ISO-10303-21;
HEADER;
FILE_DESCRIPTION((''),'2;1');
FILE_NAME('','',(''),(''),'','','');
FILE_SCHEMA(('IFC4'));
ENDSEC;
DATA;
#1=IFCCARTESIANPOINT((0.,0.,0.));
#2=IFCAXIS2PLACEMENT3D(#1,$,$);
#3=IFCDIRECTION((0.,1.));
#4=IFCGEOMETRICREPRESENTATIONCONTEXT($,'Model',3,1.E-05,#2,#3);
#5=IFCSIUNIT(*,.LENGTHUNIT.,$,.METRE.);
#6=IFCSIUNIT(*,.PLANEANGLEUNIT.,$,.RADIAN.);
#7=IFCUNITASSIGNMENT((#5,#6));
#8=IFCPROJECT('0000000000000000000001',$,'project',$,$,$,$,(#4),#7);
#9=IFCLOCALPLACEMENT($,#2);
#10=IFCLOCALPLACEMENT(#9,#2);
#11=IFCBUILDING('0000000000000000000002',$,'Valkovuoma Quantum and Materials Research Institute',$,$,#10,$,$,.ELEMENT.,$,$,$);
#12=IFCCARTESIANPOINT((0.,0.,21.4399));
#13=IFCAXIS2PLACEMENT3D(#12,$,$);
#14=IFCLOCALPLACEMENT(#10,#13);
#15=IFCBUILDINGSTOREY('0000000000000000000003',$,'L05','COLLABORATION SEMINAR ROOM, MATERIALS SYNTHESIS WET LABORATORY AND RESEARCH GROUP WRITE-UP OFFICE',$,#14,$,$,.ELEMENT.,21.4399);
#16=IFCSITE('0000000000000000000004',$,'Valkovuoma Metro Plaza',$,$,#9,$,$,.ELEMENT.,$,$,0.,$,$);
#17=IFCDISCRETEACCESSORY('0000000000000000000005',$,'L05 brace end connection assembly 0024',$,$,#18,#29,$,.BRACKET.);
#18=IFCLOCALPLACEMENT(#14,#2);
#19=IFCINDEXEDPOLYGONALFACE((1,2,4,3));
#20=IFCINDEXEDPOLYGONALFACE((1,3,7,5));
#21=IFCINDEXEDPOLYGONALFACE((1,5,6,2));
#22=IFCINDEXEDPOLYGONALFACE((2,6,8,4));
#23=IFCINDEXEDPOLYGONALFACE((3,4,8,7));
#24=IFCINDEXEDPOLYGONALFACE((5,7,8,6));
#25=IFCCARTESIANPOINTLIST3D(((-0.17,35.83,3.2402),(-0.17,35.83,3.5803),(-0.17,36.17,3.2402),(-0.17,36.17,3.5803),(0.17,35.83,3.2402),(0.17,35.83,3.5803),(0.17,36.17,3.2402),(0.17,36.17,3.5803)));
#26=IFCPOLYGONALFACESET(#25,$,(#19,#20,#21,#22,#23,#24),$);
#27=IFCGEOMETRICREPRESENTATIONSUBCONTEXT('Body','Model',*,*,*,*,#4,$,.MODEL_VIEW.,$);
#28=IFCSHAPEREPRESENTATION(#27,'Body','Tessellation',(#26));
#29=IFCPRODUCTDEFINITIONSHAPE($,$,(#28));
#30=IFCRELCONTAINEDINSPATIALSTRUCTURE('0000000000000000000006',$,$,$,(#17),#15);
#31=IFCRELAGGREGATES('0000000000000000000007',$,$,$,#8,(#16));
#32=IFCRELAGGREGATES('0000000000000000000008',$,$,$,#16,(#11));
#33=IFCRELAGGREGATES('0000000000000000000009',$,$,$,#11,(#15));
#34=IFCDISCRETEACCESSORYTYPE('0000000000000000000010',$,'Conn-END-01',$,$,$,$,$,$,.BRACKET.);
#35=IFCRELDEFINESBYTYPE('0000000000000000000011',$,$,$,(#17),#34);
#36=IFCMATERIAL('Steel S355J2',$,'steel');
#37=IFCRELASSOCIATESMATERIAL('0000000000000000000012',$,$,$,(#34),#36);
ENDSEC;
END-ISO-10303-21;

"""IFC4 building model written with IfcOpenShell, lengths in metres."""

from ifc_helpers import new_model, si_unit, direction, frame, origin, origin_2d, place, context, subcontext, project, spatial, rectangle, extrude, material, type_object, element, save


model = new_model("IFC4")

# Units and contexts
model_context = context("Model", 3, precision=1e-05, world=origin(), true_north=direction((0.0, 1.0)))
body_context = subcontext(model_context, "Body", "Model", "MODEL_VIEW")
ifc_project = project(units=[si_unit("LENGTHUNIT", "METRE"), si_unit("PLANEANGLEUNIT", "RADIAN")], contexts=[model_context])

# Site, building, storey
site_placement = place(None, origin())
site = spatial("IfcSite", under=ifc_project, at=site_placement, Name="Valkovuoma Metro Plaza", CompositionType="ELEMENT", RefElevation=0.0)
building_placement = place(site_placement, origin())
building = spatial("IfcBuilding", under=site, at=building_placement, Name="Valkovuoma Quantum and Materials Research Institute", CompositionType="ELEMENT")
storey_placement = place(building_placement, frame((0.0, 0.0, 21.4399)))
storey = spatial("IfcBuildingStorey", under=building, at=storey_placement, Name="L05", Description="COLLABORATION SEMINAR ROOM, MATERIALS SYNTHESIS WET LABORATORY AND RESEARCH GROUP WRITE-UP OFFICE", CompositionType="ELEMENT", Elevation=21.4399)

# Discrete accessory
ifc_material_1 = material(Name="Steel S355J2", Category="steel")
discrete_accessory_type_1 = type_object("IfcDiscreteAccessoryType", Name="Conn-END-01", PredefinedType="BRACKET", material=ifc_material_1)
discrete_accessory_placement = place(storey_placement, frame((0.0, 36.0, 3.2402), z_axis=(0.0, 0.0, 1.0), x_axis=(1.0, 0.0, 0.0)))
element("IfcDiscreteAccessory", 1, at=discrete_accessory_placement, inside=storey, type_object=discrete_accessory_type_1, Name="L05 brace end connection assembly 0024", PredefinedType="BRACKET", context=body_context, shape_type="SweptSolid", body=[
    extrude(rectangle(XDim=0.3401, YDim=0.3401, at=origin_2d()), origin(), (0.0, 0.0, 1.0), 0.3401),
])

save(model, "model.ifc")
